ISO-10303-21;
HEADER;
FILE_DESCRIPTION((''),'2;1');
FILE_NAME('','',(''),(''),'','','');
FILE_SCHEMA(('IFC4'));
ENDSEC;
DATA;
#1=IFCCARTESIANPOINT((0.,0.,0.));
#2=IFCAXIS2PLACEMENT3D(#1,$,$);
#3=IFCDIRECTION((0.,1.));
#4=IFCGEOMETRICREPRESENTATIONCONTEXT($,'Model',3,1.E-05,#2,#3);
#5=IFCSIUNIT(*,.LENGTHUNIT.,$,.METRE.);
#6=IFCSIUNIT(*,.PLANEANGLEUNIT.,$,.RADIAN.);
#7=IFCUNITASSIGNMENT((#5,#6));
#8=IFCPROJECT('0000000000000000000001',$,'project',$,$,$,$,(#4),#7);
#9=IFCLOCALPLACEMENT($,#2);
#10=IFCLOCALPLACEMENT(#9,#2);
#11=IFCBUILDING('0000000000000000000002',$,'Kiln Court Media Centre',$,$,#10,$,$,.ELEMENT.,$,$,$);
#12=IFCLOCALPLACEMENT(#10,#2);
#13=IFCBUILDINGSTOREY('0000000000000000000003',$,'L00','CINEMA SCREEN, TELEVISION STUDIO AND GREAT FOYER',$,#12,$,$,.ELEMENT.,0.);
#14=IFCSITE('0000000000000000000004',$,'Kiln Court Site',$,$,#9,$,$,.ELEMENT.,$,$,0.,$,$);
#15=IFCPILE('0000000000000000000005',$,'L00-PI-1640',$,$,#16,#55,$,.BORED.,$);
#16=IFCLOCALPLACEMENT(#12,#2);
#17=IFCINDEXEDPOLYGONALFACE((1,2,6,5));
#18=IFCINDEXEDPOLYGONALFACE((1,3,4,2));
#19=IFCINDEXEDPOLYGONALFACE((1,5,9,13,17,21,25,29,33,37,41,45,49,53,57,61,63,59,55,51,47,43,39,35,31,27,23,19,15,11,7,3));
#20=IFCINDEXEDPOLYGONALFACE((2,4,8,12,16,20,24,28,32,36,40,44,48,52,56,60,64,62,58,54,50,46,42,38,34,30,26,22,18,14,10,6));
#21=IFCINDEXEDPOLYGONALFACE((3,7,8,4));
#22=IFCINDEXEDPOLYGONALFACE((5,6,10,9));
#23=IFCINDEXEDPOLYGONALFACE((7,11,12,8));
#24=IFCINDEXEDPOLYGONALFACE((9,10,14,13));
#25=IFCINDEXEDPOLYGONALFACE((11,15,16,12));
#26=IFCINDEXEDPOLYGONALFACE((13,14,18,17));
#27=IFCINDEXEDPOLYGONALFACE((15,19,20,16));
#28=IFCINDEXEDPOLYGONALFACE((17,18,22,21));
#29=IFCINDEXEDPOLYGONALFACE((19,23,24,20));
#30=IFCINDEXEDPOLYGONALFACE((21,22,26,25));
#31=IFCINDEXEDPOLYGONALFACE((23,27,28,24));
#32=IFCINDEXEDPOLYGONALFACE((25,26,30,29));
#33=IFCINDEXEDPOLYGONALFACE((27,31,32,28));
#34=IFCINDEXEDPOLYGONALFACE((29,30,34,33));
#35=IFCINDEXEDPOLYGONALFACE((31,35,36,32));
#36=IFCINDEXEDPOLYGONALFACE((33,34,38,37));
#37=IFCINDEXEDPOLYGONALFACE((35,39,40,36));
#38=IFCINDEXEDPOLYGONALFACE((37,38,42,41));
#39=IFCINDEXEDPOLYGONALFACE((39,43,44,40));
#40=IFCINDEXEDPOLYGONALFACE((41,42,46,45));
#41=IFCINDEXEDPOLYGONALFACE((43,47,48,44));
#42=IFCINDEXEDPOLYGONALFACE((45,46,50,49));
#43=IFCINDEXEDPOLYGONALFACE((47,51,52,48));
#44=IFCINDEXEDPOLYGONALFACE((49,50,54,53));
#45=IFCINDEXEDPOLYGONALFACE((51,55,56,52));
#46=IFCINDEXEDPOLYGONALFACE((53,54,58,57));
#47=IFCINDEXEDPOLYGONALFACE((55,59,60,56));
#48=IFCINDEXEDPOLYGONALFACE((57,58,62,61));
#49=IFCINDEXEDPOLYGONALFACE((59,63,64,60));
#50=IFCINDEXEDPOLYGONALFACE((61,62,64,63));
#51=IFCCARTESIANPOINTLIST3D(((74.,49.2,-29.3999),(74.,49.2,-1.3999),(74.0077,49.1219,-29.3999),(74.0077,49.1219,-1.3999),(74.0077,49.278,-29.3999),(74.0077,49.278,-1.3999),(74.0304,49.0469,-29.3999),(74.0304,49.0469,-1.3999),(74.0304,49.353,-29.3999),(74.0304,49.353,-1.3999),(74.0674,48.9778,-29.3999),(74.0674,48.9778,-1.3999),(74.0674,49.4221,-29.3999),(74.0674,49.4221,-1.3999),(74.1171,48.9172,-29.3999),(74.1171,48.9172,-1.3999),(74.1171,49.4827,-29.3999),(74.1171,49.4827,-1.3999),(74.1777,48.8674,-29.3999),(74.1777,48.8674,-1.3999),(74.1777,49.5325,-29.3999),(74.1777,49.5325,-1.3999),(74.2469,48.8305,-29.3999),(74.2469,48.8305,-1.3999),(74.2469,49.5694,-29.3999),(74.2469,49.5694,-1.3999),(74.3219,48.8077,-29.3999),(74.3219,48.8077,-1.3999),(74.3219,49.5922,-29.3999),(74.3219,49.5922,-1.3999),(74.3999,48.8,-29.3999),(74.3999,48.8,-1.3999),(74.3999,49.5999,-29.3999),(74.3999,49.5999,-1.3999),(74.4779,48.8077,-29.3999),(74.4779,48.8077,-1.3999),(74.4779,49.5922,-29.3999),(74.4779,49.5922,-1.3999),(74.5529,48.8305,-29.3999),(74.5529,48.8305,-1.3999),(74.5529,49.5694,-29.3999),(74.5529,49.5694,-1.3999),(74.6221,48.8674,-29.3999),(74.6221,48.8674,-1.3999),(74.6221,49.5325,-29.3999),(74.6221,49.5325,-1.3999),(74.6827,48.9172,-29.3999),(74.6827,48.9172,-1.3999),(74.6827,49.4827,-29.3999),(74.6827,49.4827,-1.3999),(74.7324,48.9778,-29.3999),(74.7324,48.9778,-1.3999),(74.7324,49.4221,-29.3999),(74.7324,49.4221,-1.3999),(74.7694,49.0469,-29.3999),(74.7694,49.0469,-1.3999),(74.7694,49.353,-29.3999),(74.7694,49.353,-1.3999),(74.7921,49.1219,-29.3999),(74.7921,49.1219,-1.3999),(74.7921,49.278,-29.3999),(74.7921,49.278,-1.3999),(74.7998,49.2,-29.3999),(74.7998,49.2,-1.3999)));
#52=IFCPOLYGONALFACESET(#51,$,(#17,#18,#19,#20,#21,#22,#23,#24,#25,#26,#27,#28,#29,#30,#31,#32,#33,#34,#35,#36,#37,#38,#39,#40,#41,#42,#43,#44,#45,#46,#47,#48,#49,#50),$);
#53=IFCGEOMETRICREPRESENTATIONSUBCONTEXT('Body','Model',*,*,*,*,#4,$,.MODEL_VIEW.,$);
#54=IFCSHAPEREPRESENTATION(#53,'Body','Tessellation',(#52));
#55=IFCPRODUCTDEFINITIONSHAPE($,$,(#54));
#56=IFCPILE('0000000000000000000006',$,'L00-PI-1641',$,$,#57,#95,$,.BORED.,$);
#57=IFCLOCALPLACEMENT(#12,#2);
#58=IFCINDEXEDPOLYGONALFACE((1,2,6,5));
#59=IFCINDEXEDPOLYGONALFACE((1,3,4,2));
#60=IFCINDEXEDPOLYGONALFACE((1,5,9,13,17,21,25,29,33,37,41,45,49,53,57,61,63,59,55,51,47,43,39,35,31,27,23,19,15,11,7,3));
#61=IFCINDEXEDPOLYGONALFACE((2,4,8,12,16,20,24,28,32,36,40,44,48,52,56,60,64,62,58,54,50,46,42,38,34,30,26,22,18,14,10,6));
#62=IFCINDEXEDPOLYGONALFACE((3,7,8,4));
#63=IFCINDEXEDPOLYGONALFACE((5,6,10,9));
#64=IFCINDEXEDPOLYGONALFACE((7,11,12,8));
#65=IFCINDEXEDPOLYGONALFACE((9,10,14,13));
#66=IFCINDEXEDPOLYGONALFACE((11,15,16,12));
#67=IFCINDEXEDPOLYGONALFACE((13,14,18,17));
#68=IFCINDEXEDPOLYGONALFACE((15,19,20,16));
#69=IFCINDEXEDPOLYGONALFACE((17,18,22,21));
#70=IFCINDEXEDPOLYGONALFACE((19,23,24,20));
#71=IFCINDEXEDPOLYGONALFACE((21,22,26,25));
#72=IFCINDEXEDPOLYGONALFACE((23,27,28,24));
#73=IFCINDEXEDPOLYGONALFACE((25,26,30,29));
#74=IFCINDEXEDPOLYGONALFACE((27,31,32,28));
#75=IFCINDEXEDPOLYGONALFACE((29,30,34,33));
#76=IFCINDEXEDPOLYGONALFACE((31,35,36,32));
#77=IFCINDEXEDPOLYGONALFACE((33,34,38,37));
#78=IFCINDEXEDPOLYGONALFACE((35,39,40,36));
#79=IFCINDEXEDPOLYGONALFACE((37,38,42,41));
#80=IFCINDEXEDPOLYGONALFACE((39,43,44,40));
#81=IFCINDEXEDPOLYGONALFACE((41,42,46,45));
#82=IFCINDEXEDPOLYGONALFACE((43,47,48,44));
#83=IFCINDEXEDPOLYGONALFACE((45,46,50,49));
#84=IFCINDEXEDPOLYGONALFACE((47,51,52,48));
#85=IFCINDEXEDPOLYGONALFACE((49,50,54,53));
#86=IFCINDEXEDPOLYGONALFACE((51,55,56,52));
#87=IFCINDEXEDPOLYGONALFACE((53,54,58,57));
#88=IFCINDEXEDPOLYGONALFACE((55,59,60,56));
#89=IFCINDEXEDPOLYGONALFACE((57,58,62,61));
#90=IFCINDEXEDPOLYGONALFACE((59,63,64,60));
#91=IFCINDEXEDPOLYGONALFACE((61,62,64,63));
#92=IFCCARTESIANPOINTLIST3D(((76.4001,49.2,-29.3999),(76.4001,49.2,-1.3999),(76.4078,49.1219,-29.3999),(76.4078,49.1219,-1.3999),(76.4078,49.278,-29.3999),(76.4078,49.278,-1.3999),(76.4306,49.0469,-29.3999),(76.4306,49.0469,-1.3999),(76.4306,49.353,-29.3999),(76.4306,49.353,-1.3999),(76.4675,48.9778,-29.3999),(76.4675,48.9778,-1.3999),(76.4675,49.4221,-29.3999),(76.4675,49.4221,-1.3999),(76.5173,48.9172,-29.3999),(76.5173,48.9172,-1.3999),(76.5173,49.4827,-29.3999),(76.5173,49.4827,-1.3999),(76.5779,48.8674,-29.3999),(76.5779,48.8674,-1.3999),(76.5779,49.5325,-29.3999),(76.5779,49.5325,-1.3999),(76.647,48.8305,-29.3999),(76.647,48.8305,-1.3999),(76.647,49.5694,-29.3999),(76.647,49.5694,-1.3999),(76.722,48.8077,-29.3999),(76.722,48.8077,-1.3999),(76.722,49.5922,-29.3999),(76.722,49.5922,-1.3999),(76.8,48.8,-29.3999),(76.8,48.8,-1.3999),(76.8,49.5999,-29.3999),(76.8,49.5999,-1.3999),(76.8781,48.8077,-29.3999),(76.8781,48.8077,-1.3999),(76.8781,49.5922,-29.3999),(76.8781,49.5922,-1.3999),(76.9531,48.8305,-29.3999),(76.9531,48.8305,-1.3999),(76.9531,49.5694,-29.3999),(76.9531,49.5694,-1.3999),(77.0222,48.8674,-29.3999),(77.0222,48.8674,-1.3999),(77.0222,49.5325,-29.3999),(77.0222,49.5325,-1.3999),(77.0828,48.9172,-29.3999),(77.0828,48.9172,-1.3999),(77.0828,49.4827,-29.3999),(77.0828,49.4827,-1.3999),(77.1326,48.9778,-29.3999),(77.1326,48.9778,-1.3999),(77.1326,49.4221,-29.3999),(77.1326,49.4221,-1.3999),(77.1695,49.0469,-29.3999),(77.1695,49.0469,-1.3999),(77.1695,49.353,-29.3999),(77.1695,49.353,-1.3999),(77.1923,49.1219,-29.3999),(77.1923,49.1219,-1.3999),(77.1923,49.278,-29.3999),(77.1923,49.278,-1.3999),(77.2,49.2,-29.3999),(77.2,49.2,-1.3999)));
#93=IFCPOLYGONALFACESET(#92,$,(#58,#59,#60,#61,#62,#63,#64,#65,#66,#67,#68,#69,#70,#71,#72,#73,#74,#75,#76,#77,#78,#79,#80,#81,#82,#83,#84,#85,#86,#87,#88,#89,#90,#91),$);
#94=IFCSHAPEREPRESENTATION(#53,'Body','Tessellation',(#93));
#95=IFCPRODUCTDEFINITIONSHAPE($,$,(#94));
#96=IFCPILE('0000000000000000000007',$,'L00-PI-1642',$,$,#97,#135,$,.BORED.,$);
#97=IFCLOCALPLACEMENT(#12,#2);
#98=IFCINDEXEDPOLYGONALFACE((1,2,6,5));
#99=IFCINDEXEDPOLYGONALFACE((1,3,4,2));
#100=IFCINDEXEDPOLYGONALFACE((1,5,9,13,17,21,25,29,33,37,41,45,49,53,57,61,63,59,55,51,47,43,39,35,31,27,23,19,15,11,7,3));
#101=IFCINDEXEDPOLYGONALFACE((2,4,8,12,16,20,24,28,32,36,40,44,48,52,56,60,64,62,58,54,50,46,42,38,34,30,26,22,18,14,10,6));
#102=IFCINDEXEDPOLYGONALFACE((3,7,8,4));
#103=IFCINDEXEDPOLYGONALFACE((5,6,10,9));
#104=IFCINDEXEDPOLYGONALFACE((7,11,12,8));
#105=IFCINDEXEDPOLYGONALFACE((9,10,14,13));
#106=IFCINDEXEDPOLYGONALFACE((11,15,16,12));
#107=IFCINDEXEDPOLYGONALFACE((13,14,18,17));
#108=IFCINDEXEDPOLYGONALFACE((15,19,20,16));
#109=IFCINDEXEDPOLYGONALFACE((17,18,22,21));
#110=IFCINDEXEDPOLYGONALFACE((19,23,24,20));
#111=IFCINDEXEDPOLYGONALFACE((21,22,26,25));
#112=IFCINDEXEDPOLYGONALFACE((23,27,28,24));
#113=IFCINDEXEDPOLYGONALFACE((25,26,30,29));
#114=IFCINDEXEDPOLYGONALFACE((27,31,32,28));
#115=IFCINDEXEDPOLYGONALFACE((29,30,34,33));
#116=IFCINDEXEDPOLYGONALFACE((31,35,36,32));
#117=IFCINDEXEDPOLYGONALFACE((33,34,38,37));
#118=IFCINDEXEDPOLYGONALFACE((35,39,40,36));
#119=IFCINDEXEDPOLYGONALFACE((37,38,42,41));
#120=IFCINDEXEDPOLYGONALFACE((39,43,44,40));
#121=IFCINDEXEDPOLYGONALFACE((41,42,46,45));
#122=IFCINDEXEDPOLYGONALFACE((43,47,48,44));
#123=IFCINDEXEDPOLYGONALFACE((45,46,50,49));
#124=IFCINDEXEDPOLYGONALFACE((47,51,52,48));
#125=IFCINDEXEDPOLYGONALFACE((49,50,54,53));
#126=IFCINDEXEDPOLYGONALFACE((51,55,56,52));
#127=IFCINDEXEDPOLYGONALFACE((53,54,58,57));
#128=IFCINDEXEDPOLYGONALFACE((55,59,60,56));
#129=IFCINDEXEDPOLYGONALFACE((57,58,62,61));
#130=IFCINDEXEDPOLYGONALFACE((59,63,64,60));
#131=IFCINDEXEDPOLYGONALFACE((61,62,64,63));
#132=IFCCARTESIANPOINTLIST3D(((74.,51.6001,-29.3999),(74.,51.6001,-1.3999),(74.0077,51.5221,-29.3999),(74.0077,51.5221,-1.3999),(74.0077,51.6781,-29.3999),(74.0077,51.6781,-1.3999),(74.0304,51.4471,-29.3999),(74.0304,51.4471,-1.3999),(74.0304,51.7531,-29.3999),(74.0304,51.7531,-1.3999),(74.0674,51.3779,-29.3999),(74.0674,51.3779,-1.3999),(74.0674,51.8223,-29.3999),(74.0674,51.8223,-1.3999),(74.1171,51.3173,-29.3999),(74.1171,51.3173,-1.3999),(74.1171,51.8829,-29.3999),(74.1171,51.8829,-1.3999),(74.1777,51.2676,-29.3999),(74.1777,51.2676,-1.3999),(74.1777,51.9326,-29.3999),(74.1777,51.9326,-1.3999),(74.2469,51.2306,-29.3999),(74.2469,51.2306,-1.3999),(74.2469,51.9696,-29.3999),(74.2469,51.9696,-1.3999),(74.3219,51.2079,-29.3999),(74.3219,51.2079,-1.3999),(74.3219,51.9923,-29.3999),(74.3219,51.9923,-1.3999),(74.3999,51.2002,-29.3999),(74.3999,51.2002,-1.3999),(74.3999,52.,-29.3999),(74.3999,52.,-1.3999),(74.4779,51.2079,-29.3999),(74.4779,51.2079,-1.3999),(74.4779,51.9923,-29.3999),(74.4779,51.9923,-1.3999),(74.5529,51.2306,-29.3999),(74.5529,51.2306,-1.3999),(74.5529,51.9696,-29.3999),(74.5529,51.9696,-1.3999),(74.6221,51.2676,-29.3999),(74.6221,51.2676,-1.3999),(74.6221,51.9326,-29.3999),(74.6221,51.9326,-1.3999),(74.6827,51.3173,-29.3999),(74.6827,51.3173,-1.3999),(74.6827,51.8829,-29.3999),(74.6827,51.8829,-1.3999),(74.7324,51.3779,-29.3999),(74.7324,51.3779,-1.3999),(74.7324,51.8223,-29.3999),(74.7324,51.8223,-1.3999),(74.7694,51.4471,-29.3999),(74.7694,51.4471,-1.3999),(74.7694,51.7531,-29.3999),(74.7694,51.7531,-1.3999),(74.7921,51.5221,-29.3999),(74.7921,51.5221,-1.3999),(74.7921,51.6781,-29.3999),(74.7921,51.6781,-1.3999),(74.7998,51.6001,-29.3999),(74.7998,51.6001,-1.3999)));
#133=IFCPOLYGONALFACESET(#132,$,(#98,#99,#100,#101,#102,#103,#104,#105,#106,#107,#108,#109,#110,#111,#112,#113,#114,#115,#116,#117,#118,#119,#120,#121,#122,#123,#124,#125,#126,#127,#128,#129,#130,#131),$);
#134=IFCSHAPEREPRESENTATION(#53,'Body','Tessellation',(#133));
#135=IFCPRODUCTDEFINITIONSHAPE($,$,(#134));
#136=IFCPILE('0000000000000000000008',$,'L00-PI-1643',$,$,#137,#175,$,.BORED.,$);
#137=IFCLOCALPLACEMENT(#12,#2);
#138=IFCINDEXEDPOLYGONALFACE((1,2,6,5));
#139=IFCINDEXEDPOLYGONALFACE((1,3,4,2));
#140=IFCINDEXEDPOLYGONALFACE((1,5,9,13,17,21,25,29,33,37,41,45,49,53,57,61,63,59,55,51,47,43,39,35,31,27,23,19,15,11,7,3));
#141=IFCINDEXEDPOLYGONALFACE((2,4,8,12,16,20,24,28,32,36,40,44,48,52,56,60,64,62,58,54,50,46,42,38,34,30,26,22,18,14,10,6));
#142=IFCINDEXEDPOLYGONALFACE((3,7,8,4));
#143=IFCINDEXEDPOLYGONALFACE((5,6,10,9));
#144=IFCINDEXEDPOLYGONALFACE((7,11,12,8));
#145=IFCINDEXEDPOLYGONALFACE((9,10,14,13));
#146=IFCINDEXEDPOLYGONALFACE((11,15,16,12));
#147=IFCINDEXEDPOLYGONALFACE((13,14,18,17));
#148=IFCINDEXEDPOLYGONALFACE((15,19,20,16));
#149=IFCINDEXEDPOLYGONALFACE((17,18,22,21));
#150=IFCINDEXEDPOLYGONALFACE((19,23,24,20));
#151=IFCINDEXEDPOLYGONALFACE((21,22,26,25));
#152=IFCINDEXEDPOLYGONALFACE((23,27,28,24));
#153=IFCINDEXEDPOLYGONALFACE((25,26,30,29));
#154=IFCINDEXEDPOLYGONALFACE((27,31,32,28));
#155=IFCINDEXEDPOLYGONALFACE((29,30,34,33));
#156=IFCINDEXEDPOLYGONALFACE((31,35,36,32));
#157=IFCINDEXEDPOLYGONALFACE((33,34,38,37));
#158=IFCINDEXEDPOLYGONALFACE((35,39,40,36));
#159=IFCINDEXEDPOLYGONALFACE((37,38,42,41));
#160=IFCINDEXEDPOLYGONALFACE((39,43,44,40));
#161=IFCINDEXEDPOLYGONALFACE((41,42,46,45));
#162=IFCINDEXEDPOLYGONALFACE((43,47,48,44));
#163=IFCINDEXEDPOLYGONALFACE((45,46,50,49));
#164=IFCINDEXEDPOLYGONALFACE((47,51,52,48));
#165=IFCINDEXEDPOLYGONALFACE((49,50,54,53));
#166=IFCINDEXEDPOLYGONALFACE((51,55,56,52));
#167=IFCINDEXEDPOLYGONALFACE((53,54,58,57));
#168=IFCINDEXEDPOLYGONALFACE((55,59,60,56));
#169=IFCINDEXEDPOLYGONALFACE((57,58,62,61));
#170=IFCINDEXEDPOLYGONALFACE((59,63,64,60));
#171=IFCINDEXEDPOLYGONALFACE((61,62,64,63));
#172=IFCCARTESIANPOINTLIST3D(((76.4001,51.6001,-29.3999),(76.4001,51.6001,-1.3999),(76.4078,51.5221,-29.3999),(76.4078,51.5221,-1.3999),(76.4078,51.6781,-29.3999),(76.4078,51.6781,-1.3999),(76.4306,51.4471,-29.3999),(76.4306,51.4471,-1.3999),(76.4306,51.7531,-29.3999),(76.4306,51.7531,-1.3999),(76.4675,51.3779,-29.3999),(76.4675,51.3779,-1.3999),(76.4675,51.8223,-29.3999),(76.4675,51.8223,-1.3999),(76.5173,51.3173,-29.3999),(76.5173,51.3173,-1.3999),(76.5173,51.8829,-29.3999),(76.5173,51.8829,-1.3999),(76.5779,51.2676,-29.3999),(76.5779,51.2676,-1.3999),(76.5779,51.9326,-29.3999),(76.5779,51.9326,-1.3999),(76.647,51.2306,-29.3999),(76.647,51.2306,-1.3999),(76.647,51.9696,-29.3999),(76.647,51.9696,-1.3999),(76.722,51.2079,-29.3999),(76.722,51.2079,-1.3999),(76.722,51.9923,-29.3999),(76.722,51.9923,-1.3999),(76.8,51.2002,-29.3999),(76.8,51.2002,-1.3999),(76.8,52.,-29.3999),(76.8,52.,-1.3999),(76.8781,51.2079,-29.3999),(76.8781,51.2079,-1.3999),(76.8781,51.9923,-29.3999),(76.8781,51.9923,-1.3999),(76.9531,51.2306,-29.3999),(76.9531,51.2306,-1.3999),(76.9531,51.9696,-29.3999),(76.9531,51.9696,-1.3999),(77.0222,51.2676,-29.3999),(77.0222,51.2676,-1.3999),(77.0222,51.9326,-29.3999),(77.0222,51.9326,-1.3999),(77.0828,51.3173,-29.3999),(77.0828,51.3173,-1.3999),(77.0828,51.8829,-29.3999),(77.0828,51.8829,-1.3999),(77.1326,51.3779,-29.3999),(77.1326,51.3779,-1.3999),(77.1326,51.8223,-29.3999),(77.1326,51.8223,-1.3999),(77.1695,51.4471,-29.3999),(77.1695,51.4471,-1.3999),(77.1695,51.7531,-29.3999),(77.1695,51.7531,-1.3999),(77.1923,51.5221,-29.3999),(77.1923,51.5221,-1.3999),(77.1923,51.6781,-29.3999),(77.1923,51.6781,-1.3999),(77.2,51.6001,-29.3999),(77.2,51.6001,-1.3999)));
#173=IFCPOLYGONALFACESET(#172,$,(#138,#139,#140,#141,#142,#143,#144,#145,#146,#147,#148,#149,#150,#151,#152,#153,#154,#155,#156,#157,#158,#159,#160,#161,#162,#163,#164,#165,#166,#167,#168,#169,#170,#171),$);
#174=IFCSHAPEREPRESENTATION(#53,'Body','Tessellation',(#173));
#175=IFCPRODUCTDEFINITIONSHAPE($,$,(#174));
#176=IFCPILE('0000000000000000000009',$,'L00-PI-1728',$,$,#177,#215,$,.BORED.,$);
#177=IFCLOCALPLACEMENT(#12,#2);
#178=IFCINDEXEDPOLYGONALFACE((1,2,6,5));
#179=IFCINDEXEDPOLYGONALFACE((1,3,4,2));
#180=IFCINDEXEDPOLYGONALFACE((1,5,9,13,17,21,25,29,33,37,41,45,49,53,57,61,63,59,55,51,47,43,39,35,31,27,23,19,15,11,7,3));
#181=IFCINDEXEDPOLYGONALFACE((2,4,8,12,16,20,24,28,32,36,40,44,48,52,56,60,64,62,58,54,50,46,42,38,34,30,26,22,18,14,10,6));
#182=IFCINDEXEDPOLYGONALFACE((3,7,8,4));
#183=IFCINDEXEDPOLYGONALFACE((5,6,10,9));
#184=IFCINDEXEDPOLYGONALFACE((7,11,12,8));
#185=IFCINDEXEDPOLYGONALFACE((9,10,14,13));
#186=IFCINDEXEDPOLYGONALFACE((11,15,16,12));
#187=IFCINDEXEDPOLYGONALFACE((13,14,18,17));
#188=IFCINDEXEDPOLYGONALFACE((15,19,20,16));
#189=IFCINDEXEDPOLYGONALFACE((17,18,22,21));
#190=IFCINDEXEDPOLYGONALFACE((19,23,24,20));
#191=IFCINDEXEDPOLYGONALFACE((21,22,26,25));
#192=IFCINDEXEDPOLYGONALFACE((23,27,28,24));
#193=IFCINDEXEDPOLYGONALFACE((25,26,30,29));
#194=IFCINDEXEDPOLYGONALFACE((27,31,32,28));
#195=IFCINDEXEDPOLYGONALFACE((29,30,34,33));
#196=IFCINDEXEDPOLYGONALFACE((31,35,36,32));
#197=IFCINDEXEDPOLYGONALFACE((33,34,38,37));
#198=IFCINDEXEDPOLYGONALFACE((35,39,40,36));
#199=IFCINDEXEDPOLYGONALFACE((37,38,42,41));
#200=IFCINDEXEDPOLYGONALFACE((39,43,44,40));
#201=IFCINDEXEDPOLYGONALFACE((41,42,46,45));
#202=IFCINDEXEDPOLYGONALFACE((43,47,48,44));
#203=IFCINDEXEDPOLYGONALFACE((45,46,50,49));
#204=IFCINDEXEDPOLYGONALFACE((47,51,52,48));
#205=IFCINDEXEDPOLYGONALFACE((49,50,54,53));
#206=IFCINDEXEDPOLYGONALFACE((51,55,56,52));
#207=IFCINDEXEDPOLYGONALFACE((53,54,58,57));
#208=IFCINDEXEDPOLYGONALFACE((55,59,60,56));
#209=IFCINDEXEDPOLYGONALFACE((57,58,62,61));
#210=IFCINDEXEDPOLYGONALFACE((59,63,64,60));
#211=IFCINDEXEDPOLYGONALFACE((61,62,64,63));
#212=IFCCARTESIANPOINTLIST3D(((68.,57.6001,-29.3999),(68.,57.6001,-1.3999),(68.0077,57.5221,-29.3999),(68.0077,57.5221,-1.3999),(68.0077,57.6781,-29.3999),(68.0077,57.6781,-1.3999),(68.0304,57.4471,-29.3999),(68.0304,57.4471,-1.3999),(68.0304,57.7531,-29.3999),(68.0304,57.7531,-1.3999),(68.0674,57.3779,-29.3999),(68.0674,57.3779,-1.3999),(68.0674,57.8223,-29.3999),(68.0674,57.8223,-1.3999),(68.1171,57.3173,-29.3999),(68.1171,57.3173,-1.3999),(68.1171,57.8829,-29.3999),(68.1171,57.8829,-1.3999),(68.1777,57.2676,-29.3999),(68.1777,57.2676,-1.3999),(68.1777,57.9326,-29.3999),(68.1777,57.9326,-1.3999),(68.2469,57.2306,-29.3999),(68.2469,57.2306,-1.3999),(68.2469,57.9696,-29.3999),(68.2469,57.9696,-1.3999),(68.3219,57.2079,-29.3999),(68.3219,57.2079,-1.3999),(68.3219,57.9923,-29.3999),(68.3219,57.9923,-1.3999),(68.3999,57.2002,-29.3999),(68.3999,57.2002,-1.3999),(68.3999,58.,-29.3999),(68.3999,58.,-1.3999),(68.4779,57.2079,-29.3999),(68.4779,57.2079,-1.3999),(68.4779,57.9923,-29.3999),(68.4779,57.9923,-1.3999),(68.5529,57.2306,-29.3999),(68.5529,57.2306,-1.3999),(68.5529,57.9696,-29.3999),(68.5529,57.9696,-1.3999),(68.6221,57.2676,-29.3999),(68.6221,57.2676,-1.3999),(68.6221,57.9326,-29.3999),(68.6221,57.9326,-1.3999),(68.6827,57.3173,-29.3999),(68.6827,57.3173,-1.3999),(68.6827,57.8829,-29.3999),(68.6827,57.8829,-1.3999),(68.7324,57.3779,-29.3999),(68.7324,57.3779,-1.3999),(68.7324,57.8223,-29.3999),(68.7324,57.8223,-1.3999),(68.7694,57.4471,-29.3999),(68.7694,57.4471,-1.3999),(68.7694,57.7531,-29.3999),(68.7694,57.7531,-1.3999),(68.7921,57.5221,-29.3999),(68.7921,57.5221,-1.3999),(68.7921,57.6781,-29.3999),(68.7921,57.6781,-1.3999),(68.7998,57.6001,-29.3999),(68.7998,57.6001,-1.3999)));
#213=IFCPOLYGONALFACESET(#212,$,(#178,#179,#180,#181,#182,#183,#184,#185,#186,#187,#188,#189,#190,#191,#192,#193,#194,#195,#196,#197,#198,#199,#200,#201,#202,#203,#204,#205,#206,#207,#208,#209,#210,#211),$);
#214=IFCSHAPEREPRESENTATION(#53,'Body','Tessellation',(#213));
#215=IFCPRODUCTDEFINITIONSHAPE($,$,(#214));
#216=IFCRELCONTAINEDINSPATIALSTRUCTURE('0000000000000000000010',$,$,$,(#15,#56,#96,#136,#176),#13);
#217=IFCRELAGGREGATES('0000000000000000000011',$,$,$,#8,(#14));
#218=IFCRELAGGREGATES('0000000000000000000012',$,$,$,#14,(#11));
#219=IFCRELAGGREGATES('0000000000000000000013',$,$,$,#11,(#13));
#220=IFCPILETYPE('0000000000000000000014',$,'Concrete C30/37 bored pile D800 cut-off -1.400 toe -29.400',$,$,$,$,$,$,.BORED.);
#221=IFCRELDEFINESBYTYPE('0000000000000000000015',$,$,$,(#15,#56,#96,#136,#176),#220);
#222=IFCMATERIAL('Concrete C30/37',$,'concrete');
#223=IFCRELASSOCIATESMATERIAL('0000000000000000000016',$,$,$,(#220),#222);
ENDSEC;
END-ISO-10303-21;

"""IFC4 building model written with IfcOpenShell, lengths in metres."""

from ifc_helpers import new_model, si_unit, direction, frame, origin, origin_2d, place, context, subcontext, project, spatial, circle, extrude, material, material_profile, profile_set, type_object, element, save


model = new_model("IFC4")

# Units and contexts
model_context = context("Model", 3, precision=1e-05, world=origin(), true_north=direction((0.0, 1.0)))
body_context = subcontext(model_context, "Body", "Model", "MODEL_VIEW")
ifc_project = project(units=[si_unit("LENGTHUNIT", "METRE"), si_unit("PLANEANGLEUNIT", "RADIAN")], contexts=[model_context])

# Site, building, storey
site_placement = place(None, origin())
site = spatial("IfcSite", under=ifc_project, at=site_placement, Name="Kiln Court Site", CompositionType="ELEMENT", RefElevation=0.0)
building_placement = place(site_placement, origin())
building = spatial("IfcBuilding", under=site, at=building_placement, Name="Kiln Court Media Centre", CompositionType="ELEMENT")
storey_placement = place(building_placement, origin())
storey = spatial("IfcBuildingStorey", under=building, at=storey_placement, Name="L00", Description="CINEMA SCREEN, TELEVISION STUDIO AND GREAT FOYER", CompositionType="ELEMENT", Elevation=0.0)

# Piles
ifc_material_1 = material(Name="Concrete C30/37", Category="concrete")
ifc_material_profile_1 = material_profile(ifc_material_1, circle(Radius=0.3999, at=origin_2d()), Name="PILE D800")
ifc_profile_set_1 = profile_set([ifc_material_profile_1], Name="Concrete C30/37")
pile_type_1 = type_object("IfcPileType", Name="Concrete C30/37 bored pile D800 cut-off -1.400 toe -29.400", PredefinedType="BORED", material=ifc_profile_set_1)
for number, where, z_axis, x_axis, name in (
    (1, (74.3999, 49.2, -1.3999), (0.0, 0.0, -1.0), (1.0, 0.0, 0.0), "L00-PI-1640"),
    (2, (76.8, 49.2, -1.3999), (0.0, 0.0, -1.0), (1.0, 0.0, 0.0), "L00-PI-1641"),
    (3, (74.3999, 51.6001, -1.3999), (0.0, 0.0, -1.0), (1.0, 0.0, 0.0), "L00-PI-1642"),
    (4, (76.8, 51.6001, -1.3999), (0.0, 0.0, -1.0), (1.0, 0.0, 0.0), "L00-PI-1643"),
    (5, (68.3999, 57.6001, -1.3999), (0.0, 0.0, -1.0), (1.0, 0.0, 0.0), "L00-PI-1728"),
):
    element("IfcPile", number, at=place(storey_placement, frame(where, z_axis=z_axis, x_axis=x_axis)), inside=storey, type_object=pile_type_1, Name=name, PredefinedType="BORED", context=body_context, shape_type="SweptSolid", body=[
        extrude(circle(Radius=0.3999, at=origin_2d()), origin(), (0.0, 0.0, 1.0), 28.0),
    ])

save(model, "model.ifc")
